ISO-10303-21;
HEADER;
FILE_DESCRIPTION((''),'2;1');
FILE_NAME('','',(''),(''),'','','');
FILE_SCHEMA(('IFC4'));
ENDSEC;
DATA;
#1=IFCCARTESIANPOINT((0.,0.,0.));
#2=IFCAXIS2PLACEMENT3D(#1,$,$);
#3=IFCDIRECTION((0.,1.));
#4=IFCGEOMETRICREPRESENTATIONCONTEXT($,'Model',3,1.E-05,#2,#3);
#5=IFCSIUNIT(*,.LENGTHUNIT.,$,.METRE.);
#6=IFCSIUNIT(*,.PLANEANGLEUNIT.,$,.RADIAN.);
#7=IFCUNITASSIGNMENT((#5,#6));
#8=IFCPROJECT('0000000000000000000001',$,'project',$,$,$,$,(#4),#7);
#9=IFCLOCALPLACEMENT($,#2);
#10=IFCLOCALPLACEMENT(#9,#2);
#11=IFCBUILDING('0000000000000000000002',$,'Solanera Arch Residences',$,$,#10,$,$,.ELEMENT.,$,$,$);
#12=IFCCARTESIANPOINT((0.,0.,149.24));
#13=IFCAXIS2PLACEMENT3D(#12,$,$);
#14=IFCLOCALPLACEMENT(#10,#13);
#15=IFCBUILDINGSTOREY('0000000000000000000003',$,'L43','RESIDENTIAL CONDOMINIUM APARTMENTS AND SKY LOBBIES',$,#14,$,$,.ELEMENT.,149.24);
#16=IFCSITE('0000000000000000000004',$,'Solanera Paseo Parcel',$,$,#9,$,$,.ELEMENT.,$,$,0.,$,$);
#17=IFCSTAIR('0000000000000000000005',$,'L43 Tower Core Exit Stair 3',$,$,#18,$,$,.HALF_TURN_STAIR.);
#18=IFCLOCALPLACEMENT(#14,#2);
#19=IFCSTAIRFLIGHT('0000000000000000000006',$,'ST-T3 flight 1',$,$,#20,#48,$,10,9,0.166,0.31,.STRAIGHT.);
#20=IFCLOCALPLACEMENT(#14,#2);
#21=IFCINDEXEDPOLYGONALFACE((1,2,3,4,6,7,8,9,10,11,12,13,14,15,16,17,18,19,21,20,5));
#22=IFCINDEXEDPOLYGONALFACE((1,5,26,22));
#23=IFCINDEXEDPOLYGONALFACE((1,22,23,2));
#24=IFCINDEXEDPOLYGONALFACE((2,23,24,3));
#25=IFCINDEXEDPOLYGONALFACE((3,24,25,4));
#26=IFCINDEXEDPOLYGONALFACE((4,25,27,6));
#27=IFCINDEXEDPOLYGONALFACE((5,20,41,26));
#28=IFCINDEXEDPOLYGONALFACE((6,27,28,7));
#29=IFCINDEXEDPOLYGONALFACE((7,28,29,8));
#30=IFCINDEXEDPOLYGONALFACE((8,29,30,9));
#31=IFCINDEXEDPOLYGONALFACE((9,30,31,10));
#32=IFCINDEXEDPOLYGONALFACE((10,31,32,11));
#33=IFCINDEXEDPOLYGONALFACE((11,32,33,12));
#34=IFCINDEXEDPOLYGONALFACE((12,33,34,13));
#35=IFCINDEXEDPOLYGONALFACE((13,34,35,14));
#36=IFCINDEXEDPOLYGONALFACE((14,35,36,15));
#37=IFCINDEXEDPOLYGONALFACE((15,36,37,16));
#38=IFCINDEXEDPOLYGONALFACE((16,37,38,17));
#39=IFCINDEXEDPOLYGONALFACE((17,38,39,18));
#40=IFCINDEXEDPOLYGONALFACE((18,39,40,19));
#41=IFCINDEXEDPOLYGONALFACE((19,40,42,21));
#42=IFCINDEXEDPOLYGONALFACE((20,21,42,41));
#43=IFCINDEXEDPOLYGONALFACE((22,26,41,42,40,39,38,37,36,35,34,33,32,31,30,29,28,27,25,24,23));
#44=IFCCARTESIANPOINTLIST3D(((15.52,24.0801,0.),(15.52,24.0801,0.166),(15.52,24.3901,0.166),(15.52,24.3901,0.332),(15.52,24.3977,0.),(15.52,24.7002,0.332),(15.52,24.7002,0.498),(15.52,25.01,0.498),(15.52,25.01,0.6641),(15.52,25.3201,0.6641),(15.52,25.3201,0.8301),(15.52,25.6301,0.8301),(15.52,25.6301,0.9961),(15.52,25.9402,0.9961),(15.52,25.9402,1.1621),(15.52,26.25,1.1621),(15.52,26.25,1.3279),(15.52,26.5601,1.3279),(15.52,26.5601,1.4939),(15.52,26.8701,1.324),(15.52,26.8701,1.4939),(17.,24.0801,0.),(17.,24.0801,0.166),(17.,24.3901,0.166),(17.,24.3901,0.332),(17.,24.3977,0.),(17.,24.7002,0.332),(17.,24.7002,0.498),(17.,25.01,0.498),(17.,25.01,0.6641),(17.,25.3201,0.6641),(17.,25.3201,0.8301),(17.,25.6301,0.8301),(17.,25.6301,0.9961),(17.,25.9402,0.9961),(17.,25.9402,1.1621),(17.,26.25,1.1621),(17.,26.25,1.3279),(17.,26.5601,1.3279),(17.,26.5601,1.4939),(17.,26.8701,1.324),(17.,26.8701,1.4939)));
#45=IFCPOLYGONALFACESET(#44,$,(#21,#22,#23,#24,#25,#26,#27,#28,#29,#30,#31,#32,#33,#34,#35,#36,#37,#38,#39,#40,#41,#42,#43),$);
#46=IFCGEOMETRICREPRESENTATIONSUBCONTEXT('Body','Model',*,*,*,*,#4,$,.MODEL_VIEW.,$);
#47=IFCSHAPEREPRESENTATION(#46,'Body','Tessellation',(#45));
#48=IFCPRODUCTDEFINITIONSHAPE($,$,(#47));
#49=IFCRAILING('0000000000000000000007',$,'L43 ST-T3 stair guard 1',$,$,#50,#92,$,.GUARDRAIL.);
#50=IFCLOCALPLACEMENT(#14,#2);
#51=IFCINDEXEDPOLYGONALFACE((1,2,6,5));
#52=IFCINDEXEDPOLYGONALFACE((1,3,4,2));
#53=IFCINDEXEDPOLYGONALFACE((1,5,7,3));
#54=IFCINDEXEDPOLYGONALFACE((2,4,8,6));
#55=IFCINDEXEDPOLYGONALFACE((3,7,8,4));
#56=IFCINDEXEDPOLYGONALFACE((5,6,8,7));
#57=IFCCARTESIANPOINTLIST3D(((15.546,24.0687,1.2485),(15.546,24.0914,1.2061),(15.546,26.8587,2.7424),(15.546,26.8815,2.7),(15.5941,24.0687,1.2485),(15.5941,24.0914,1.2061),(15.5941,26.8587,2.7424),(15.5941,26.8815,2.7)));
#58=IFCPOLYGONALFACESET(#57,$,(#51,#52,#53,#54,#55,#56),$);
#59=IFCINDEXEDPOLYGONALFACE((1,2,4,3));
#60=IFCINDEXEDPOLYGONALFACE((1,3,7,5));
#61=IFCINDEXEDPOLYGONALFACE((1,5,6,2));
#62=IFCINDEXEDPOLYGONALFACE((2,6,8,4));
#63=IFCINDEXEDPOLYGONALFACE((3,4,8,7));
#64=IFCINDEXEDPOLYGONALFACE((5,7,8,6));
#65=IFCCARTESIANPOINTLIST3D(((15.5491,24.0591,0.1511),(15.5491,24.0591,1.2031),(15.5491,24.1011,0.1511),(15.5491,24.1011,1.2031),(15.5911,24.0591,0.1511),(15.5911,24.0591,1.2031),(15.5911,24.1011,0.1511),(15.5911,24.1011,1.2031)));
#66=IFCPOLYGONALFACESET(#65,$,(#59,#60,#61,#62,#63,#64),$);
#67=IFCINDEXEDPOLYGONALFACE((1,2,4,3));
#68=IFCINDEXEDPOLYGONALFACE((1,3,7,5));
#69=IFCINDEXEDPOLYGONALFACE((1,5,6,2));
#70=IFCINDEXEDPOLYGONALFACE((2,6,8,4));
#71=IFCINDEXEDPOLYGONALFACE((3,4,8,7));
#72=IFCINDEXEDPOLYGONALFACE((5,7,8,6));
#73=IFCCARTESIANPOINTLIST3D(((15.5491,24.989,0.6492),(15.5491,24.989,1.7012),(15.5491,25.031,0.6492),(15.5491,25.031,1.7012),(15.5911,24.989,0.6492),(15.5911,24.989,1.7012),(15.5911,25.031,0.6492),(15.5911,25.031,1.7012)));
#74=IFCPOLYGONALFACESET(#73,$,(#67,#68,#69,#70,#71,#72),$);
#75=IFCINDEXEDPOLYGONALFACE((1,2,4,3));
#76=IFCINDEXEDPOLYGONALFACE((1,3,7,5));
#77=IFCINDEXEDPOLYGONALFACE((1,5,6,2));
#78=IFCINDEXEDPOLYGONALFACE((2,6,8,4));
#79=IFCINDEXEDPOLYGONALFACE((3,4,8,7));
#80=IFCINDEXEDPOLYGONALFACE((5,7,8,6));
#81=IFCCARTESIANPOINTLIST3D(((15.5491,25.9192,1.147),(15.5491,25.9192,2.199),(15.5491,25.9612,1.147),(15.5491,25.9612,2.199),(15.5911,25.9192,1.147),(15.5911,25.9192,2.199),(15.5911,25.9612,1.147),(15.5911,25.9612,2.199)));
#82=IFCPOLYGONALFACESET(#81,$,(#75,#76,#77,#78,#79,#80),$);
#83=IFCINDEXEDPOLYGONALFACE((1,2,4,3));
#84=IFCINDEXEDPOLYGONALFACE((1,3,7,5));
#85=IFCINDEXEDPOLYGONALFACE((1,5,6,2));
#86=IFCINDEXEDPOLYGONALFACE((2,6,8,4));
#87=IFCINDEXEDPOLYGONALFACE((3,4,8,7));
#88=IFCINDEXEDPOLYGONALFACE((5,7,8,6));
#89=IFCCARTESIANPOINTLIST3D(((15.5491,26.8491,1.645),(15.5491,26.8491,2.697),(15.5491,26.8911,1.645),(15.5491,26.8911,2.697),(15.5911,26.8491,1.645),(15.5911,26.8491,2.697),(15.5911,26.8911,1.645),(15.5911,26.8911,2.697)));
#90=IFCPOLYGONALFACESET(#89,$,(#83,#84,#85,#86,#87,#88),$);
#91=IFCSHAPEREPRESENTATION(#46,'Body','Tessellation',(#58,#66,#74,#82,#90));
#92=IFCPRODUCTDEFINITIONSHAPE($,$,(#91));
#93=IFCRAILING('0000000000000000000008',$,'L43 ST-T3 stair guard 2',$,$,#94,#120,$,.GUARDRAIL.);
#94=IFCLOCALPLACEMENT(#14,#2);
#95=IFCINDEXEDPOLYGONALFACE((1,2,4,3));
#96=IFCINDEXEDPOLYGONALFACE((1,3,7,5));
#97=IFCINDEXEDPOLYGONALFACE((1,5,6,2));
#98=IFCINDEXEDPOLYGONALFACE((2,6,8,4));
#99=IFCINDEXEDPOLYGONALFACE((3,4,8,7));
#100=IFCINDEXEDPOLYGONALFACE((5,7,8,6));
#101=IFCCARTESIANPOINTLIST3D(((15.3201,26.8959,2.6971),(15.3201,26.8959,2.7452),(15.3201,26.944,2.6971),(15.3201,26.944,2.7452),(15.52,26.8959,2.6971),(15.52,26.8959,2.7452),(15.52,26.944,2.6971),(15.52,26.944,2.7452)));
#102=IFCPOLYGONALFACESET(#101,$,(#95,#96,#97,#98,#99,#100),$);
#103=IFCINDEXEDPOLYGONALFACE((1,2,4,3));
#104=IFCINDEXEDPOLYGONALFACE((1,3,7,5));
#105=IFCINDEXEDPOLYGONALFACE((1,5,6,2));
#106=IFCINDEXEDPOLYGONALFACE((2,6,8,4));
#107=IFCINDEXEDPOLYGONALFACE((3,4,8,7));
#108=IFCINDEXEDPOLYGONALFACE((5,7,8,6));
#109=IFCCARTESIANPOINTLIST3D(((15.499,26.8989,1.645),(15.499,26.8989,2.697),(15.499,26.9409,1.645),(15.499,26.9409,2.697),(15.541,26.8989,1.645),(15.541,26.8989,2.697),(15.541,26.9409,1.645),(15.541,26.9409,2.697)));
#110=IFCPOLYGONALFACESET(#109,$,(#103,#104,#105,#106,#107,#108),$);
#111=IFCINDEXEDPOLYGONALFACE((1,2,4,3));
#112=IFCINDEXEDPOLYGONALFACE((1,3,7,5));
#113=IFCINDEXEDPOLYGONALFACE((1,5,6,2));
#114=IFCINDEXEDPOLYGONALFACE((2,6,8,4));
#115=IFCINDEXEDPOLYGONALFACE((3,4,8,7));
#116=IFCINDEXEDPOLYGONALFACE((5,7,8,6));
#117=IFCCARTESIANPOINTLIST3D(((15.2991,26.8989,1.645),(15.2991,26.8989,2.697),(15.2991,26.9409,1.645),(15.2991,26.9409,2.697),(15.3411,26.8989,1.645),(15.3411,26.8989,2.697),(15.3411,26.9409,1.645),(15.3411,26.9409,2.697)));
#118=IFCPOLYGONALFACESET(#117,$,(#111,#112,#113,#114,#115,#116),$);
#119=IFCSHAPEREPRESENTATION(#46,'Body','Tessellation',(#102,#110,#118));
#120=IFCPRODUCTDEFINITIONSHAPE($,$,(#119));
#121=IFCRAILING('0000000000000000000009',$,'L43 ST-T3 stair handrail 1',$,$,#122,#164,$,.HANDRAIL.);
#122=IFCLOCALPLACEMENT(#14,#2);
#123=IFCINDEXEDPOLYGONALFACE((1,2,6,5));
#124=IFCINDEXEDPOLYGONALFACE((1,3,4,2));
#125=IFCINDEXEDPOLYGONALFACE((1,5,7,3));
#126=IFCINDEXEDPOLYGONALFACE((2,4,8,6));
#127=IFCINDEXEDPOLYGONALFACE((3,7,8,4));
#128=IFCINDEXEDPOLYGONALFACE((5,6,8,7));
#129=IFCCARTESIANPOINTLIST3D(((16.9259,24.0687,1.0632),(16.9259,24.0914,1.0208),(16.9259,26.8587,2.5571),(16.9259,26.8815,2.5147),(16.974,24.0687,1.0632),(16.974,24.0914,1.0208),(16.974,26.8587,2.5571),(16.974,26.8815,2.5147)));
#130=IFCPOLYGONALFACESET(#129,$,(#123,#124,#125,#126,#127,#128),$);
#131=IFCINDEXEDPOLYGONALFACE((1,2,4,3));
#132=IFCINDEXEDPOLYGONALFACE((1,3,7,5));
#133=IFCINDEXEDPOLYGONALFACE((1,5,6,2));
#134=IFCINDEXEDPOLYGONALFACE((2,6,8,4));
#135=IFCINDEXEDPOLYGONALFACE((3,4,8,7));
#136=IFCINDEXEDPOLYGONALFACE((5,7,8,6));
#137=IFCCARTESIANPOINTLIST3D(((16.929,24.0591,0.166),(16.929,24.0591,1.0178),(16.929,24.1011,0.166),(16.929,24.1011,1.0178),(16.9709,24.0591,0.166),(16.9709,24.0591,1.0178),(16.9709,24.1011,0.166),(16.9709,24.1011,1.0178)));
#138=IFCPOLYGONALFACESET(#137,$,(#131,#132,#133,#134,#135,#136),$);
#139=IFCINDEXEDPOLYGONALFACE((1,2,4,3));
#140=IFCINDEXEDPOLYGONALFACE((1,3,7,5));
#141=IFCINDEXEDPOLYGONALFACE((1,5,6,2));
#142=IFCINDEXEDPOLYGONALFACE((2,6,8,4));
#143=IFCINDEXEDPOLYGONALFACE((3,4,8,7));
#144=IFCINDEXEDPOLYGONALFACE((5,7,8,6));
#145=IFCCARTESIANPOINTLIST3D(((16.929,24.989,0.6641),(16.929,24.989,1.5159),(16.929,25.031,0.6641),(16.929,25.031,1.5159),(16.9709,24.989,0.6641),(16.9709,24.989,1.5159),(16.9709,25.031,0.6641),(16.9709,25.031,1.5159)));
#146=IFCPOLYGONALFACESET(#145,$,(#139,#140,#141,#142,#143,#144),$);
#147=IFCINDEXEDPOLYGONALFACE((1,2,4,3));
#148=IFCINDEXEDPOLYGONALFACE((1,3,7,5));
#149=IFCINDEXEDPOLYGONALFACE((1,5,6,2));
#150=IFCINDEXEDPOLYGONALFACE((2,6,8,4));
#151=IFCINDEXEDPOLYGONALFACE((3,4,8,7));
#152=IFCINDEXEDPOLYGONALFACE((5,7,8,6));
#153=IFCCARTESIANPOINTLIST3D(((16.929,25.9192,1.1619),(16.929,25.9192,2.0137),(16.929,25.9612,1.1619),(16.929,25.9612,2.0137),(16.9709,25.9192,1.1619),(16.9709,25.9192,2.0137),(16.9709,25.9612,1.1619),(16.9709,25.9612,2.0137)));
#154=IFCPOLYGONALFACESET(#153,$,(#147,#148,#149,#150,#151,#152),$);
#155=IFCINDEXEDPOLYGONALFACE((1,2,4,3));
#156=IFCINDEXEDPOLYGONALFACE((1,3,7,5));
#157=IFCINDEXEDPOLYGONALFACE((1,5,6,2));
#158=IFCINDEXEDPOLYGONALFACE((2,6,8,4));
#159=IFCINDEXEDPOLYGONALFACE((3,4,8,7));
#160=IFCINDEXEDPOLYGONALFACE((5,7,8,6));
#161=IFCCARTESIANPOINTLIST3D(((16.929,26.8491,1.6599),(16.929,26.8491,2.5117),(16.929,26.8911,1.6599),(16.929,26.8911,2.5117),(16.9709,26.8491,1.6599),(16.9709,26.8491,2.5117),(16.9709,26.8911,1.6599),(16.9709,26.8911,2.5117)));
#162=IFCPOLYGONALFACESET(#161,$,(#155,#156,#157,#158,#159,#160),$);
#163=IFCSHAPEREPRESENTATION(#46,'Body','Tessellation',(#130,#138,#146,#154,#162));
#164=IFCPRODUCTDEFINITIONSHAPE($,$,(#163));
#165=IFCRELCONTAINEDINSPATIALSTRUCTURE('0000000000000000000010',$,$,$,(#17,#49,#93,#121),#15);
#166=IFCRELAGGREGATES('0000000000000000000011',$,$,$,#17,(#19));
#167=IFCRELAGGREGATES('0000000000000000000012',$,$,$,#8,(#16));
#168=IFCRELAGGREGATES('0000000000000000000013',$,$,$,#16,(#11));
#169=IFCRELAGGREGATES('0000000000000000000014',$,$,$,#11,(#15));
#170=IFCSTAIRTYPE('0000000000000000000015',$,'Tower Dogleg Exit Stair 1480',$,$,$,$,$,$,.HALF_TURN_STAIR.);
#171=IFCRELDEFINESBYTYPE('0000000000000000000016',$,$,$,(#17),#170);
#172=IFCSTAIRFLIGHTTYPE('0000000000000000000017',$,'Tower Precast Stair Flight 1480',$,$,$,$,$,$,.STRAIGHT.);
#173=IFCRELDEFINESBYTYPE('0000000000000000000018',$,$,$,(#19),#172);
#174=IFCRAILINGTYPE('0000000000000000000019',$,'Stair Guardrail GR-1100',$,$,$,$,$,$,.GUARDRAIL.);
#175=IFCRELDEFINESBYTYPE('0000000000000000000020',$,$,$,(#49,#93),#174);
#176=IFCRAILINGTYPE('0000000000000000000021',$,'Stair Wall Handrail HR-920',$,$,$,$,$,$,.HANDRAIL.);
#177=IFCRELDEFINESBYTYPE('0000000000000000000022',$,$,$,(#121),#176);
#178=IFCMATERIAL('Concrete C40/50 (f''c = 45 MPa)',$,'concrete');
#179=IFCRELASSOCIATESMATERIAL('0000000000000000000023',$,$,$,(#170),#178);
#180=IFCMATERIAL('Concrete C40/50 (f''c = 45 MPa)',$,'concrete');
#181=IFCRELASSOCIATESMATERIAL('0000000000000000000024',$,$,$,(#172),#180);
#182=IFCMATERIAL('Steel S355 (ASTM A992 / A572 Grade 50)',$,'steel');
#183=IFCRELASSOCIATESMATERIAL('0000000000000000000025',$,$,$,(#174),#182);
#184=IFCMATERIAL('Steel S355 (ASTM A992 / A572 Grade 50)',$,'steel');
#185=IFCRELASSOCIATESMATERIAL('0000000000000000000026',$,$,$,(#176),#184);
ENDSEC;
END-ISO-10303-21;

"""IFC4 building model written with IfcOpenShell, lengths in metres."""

from ifc_helpers import new_model, si_unit, direction, frame, origin, origin_2d, place, context, subcontext, project, spatial, polyline, rectangle, outline, extrude, material, type_object, element, aggregate, save


model = new_model("IFC4")

# Units and contexts
model_context = context("Model", 3, precision=1e-05, world=origin(), true_north=direction((0.0, 1.0)))
body_context = subcontext(model_context, "Body", "Model", "MODEL_VIEW")
ifc_project = project(units=[si_unit("LENGTHUNIT", "METRE"), si_unit("PLANEANGLEUNIT", "RADIAN")], contexts=[model_context])

# Site, building, storey
site_placement = place(None, origin())
site = spatial("IfcSite", under=ifc_project, at=site_placement, Name="Solanera Paseo Parcel", CompositionType="ELEMENT", RefElevation=0.0)
building_placement = place(site_placement, origin())
building = spatial("IfcBuilding", under=site, at=building_placement, Name="Solanera Arch Residences", CompositionType="ELEMENT")
storey_placement = place(building_placement, frame((0.0, 0.0, 149.24)))
storey = spatial("IfcBuildingStorey", under=building, at=storey_placement, Name="L43", Description="RESIDENTIAL CONDOMINIUM APARTMENTS AND SKY LOBBIES", CompositionType="ELEMENT", Elevation=149.24)

# Stair, stair flight
ifc_material_1 = material(Name="Concrete C40/50 (f'c = 45 MPa)", Category="concrete")
stair_type = type_object("IfcStairType", Name="Tower Dogleg Exit Stair 1480", PredefinedType="HALF_TURN_STAIR", material=ifc_material_1)
stair_placement = place(storey_placement, origin())
stair = element("IfcStair", 1, at=stair_placement, inside=storey, type_object=stair_type, Name="L43 Tower Core Exit Stair 3", PredefinedType="HALF_TURN_STAIR")
ifc_material_2 = material(Name="Concrete C40/50 (f'c = 45 MPa)", Category="concrete")
stair_flight_type = type_object("IfcStairFlightType", Name="Tower Precast Stair Flight 1480", PredefinedType="STRAIGHT", material=ifc_material_2)
stair_flight_placement = place(storey_placement, frame((16.26, 24.0801, 0.0), z_axis=(0.0, 0.0, 1.0), x_axis=(0.0, 1.0, 0.0)))
stair_flight = element("IfcStairFlight", 2, at=stair_flight_placement, type_object=stair_flight_type, Name="ST-T3 flight 1", NumberOfRisers=10, NumberOfTreads=9, PredefinedType="STRAIGHT", RiserHeight=0.166, TreadLength=0.31, context=body_context, shape_type="SweptSolid", body=[
    extrude(outline(polyline([(0.0, 0.0), (0.0, 0.166), (0.3101, 0.166), (0.3101, 0.332), (0.6201, 0.332), (0.6201, 0.498), (0.9299, 0.498), (0.9299, 0.6641), (1.24, 0.6641), (1.24, 0.8301), (1.55, 0.8301), (1.55, 0.9961), (1.8601, 0.9961), (1.8601, 1.1621), (2.1699, 1.1621), (2.1699, 1.3279), (2.48, 1.3279), (2.48, 1.4939), (2.79, 1.4939), (2.79, 1.6599), (2.79, 1.324), (0.3176, 0.0), (0.0, 0.0)])), frame((0.0, 0.74, 0.0), z_axis=(0.0, -1.0, 0.0), x_axis=(1.0, 0.0, 0.0)), (0.0, 0.0, 1.0), 1.48),
])
aggregate(stair, [stair_flight])

# Railings
ifc_material_3 = material(Name="Steel S355 (ASTM A992 / A572 Grade 50)", Category="steel")
railing_type_1 = type_object("IfcRailingType", Name="Stair Guardrail GR-1100", PredefinedType="GUARDRAIL", material=ifc_material_3)
railing_1_placement = place(storey_placement, frame((15.5701, 24.0801, 0.1511)))
element("IfcRailing", 3, at=railing_1_placement, inside=storey, type_object=railing_type_1, Name="L43 ST-T3 stair guard 1", PredefinedType="GUARDRAIL", context=body_context, shape_type="SweptSolid", body=[
    extrude(rectangle(XDim=0.0481, YDim=0.0481, at=origin_2d()), frame((0.0, 0.0, 1.0762), z_axis=(0.0, 0.881581, 0.472033), x_axis=(-1.0, 0.0, 0.0)), (0.0, 0.0, 1.0), 3.1648),
    extrude(rectangle(XDim=0.042, YDim=0.042, at=origin_2d()), origin(), (0.0, 0.0, 1.0), 1.052),
    extrude(rectangle(XDim=0.042, YDim=0.042, at=origin_2d()), frame((0.0, 0.9299, 0.498)), (0.0, 0.0, 1.0), 1.052),
    extrude(rectangle(XDim=0.042, YDim=0.042, at=origin_2d()), frame((0.0, 1.8601, 0.9958)), (0.0, 0.0, 1.0), 1.052),
    extrude(rectangle(XDim=0.042, YDim=0.042, at=origin_2d()), frame((0.0, 2.79, 1.4939)), (0.0, 0.0, 1.0), 1.052),
])
railing_2_placement = place(storey_placement, frame((15.52, 26.9199, 1.645)))
element("IfcRailing", 4, at=railing_2_placement, inside=storey, type_object=railing_type_1, Name="L43 ST-T3 stair guard 2", PredefinedType="GUARDRAIL", context=body_context, shape_type="SweptSolid", body=[
    extrude(rectangle(XDim=0.0481, YDim=0.0481, at=origin_2d()), frame((0.0, 0.0, 1.0762), z_axis=(-1.0, 0.0, 0.0), x_axis=(0.0, -1.0, 0.0)), (0.0, 0.0, 1.0), 0.2),
    extrude(rectangle(XDim=0.042, YDim=0.042, at=origin_2d()), origin(), (0.0, 0.0, 1.0), 1.052),
    extrude(rectangle(XDim=0.042, YDim=0.042, at=origin_2d()), frame((-0.2, 0.0, 0.0)), (0.0, 0.0, 1.0), 1.052),
])
ifc_material_4 = material(Name="Steel S355 (ASTM A992 / A572 Grade 50)", Category="steel")
railing_type_2 = type_object("IfcRailingType", Name="Stair Wall Handrail HR-920", PredefinedType="HANDRAIL", material=ifc_material_4)
railing_3_placement = place(storey_placement, frame((16.95, 24.0801, 0.166)))
element("IfcRailing", 5, at=railing_3_placement, inside=storey, type_object=railing_type_2, Name="L43 ST-T3 stair handrail 1", PredefinedType="HANDRAIL", context=body_context, shape_type="SweptSolid", body=[
    extrude(rectangle(XDim=0.0481, YDim=0.0481, at=origin_2d()), frame((0.0, 0.0, 0.876), z_axis=(0.0, 0.881581, 0.472033), x_axis=(-1.0, 0.0, 0.0)), (0.0, 0.0, 1.0), 3.1648),
    extrude(rectangle(XDim=0.042, YDim=0.042, at=origin_2d()), origin(), (0.0, 0.0, 1.0), 0.8518),
    extrude(rectangle(XDim=0.042, YDim=0.042, at=origin_2d()), frame((0.0, 0.9299, 0.498)), (0.0, 0.0, 1.0), 0.8518),
    extrude(rectangle(XDim=0.042, YDim=0.042, at=origin_2d()), frame((0.0, 1.8601, 0.9958)), (0.0, 0.0, 1.0), 0.8518),
    extrude(rectangle(XDim=0.042, YDim=0.042, at=origin_2d()), frame((0.0, 2.79, 1.4939)), (0.0, 0.0, 1.0), 0.8518),
])

save(model, "model.ifc")
